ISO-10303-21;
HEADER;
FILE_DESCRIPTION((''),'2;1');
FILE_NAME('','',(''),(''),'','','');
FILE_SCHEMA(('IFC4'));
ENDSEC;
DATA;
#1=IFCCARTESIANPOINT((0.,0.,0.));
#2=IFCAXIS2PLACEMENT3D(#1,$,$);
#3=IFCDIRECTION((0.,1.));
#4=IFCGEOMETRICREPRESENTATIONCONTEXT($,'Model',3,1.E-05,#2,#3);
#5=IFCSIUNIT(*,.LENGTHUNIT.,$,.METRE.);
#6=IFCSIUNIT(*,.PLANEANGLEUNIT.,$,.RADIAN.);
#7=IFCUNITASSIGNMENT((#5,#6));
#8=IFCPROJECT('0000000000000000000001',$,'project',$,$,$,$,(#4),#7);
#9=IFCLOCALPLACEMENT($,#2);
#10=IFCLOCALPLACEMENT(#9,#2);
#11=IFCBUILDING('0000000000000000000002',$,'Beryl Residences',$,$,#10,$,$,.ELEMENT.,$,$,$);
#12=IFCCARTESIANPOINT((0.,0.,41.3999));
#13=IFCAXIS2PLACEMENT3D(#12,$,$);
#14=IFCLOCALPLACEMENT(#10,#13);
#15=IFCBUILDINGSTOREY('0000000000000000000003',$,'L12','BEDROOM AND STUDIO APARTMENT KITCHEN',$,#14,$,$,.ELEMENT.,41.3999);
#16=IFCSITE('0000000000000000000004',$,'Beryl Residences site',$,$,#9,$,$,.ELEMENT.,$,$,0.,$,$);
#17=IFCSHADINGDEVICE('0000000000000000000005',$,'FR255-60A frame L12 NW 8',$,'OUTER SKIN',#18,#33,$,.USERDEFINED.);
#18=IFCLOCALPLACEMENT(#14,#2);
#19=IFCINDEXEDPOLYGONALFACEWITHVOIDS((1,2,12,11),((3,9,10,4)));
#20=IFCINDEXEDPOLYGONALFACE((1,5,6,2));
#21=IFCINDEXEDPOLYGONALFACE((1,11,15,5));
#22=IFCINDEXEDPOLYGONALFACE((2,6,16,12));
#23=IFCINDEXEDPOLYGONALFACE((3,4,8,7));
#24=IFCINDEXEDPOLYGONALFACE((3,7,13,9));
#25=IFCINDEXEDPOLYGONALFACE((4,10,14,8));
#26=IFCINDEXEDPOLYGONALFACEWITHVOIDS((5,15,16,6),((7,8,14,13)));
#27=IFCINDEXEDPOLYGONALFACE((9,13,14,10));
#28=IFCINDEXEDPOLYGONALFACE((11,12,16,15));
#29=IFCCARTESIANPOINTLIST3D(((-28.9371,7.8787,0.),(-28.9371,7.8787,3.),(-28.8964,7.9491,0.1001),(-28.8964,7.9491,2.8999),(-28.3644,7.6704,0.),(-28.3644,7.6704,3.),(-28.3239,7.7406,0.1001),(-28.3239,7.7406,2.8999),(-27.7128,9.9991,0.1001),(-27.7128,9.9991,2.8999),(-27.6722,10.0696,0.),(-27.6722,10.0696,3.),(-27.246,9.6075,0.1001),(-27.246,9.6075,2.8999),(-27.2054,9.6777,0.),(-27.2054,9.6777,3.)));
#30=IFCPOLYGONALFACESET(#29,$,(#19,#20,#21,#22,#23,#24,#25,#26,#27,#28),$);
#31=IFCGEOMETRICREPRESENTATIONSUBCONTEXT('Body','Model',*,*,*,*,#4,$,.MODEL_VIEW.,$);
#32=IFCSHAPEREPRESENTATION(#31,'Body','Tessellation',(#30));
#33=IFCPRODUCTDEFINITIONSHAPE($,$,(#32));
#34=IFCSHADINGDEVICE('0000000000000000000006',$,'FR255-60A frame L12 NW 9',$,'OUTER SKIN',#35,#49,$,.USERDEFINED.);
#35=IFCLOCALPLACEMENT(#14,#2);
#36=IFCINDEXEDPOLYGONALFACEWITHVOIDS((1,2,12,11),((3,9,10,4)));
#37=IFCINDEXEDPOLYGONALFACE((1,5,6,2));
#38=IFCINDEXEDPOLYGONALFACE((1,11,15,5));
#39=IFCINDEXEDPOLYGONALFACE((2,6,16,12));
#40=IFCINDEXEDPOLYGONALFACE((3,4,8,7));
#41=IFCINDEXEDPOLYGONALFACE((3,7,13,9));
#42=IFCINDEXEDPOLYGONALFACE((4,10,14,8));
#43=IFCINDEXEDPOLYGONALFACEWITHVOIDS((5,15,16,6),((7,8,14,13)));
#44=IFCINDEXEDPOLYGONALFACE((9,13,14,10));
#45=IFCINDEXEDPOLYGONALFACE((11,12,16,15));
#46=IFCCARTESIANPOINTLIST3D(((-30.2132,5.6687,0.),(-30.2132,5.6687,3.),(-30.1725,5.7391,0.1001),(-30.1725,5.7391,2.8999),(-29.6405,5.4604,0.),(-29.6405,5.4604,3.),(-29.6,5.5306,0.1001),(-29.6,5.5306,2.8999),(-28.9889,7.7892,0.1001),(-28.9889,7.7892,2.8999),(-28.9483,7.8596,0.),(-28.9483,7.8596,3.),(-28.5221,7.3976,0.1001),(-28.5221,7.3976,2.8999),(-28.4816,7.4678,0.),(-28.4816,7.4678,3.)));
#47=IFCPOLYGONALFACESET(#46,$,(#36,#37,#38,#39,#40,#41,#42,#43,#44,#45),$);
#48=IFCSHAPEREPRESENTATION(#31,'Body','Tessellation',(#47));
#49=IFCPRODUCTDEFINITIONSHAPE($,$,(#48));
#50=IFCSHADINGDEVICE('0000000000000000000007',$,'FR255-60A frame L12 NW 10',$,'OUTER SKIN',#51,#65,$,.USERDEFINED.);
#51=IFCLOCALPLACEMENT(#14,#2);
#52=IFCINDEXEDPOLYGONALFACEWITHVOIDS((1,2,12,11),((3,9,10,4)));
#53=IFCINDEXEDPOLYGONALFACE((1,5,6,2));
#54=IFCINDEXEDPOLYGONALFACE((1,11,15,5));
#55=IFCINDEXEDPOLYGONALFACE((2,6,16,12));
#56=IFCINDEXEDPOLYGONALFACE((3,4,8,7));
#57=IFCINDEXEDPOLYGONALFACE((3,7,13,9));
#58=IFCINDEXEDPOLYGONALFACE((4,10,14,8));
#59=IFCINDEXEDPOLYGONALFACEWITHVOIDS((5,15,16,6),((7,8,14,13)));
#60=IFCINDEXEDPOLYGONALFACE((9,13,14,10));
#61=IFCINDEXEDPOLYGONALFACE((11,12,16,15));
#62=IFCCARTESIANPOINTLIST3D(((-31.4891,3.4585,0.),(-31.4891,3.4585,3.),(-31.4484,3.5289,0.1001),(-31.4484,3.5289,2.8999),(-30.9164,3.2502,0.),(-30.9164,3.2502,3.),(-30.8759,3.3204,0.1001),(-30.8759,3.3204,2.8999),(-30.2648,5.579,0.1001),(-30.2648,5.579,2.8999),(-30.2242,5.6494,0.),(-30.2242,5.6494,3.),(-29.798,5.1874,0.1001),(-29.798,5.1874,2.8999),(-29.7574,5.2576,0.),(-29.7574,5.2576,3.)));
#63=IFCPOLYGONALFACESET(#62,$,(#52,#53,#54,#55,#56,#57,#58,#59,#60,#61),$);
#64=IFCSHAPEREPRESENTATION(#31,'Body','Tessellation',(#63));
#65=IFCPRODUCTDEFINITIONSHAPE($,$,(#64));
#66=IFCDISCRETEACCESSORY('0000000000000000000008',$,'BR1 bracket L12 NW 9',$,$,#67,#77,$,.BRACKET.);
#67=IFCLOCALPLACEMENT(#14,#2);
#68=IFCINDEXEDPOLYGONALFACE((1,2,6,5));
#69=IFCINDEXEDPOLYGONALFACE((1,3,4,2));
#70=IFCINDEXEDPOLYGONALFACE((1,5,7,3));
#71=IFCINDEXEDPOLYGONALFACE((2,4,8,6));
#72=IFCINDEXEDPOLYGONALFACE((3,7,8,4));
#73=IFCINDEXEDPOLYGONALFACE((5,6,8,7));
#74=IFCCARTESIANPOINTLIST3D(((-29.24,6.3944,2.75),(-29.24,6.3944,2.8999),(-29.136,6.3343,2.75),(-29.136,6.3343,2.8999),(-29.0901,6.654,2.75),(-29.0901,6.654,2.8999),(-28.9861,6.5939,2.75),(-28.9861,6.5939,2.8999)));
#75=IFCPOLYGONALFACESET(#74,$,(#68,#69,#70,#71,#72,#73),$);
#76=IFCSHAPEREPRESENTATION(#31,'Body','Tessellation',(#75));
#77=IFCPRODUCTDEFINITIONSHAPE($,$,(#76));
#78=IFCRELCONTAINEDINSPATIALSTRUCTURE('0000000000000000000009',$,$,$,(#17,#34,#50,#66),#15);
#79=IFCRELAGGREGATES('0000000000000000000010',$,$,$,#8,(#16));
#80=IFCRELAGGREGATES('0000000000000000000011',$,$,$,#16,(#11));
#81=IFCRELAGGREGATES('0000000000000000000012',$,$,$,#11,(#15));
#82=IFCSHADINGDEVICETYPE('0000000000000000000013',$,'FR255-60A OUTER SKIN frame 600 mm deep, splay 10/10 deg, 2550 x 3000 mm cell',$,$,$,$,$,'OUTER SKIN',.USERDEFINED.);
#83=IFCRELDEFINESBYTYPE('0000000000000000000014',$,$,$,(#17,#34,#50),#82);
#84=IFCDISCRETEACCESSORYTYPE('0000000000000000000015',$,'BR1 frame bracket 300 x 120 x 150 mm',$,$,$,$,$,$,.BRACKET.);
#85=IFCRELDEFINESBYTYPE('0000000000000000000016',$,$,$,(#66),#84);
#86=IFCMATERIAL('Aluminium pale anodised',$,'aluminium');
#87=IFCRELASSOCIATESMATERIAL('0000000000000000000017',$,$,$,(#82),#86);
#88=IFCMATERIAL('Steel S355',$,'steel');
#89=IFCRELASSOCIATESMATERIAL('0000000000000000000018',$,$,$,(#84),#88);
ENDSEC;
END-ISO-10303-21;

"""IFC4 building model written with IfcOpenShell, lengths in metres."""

from ifc_helpers import new_model, entity, si_unit, direction, frame, origin, place, context, subcontext, project, spatial, polyline, outline, extrude, source, transform, mapped, material, type_object, type_shapes, element, save


model = new_model("IFC4")

# Units and contexts
model_context = context("Model", 3, precision=1e-05, world=origin(), true_north=direction((0.0, 1.0)))
body_context = subcontext(model_context, "Body", "Model", "MODEL_VIEW")
ifc_project = project(units=[si_unit("LENGTHUNIT", "METRE"), si_unit("PLANEANGLEUNIT", "RADIAN")], contexts=[model_context])

# Site, building, storey
site_placement = place(None, origin())
site = spatial("IfcSite", under=ifc_project, at=site_placement, Name="Beryl Residences site", CompositionType="ELEMENT", RefElevation=0.0)
building_placement = place(site_placement, origin())
building = spatial("IfcBuilding", under=site, at=building_placement, Name="Beryl Residences", CompositionType="ELEMENT")
storey_placement = place(building_placement, frame((0.0, 0.0, 41.3999)))
storey = spatial("IfcBuildingStorey", under=building, at=storey_placement, Name="L12", Description="BEDROOM AND STUDIO APARTMENT KITCHEN", CompositionType="ELEMENT", Elevation=41.3999)

# Shading devices
ifc_material_1 = material(Name="Aluminium pale anodised", Category="aluminium")
shading_device_type = type_object("IfcShadingDeviceType", Name="FR255-60A OUTER SKIN frame 600 mm deep, splay 10/10 deg, 2550 x 3000 mm cell", ElementType="OUTER SKIN", PredefinedType="USERDEFINED", material=ifc_material_1)
cartesian_point_1 = entity("IfcCartesianPoint", [-1.1589, 0.0])
cartesian_point_2 = entity("IfcCartesianPoint", [-1.0779, 0.1001])
cartesian_point_3 = entity("IfcCartesianPoint", [-1.2649, 0.0])
cartesian_point_4 = entity("IfcCartesianPoint", [-1.1836, 0.1001])
shared_shape_1 = source(origin(), body_context, "Body", "SweptSolid", [
    entity("IfcExtrudedAreaSolidTapered", entity("IfcArbitraryProfileDefWithVoids", "AREA", None, entity("IfcPolyline", [cartesian_point_1, entity("IfcCartesianPoint", [1.1589, 0.0]), entity("IfcCartesianPoint", [1.1589, 3.0]), entity("IfcCartesianPoint", [-1.1589, 3.0]), cartesian_point_1]), [entity("IfcPolyline", [cartesian_point_2, entity("IfcCartesianPoint", [1.0779, 0.1001]), entity("IfcCartesianPoint", [1.0779, 2.8999]), entity("IfcCartesianPoint", [-1.0779, 2.8999]), cartesian_point_2])]), entity("IfcAxis2Placement3D", entity("IfcCartesianPoint", [0.0, 0.0, 0.0]), entity("IfcDirection", [0.0, 1.0, 0.0]), entity("IfcDirection", [-1.0, 0.0, 0.0])), entity("IfcDirection", [0.0, 0.0, 1.0]), 0.6001, entity("IfcArbitraryProfileDefWithVoids", "AREA", None, entity("IfcPolyline", [cartesian_point_3, entity("IfcCartesianPoint", [1.2649, 0.0]), entity("IfcCartesianPoint", [1.2649, 3.0]), entity("IfcCartesianPoint", [-1.2649, 3.0]), cartesian_point_3]), [entity("IfcPolyline", [cartesian_point_4, entity("IfcCartesianPoint", [1.1836, 0.1001]), entity("IfcCartesianPoint", [1.1836, 2.8999]), entity("IfcCartesianPoint", [-1.1836, 2.8999]), cartesian_point_4])])),
])
type_shapes(shading_device_type, [shared_shape_1])
for number, where, z_axis, x_axis, name in (
    (1, (-27.7849, 8.6741, 0.0), (0.0, 0.0, 1.0), (0.5, 0.866025, 0.0), "FR255-60A frame L12 NW 8"),
    (2, (-29.061, 6.4641, 0.0), (0.0, 0.0, 1.0), (0.5, 0.866025, 0.0), "FR255-60A frame L12 NW 9"),
    (3, (-30.3369, 4.2539, 0.0), (0.0, 0.0, 1.0), (0.5, 0.866025, 0.0), "FR255-60A frame L12 NW 10"),
):
    element("IfcShadingDevice", number, at=place(storey_placement, frame(where, z_axis=z_axis, x_axis=x_axis)), inside=storey, type_object=shading_device_type, Name=name, ObjectType="OUTER SKIN", PredefinedType="USERDEFINED", context=body_context, shape_type="MappedRepresentation", body=[
        mapped(shared_shape_1, transform((0.0, 0.0, 0.0))),
    ])

# Discrete accessory
ifc_material_2 = material(Name="Steel S355", Category="steel")
discrete_accessory_type = type_object("IfcDiscreteAccessoryType", Name="BR1 frame bracket 300 x 120 x 150 mm", PredefinedType="BRACKET", material=ifc_material_2)
shared_shape_2 = source(origin(), body_context, "Body", "SweptSolid", [
    extrude(outline(polyline([(-0.1499, 0.0), (0.1499, 0.0), (0.1499, 0.1201), (-0.1499, 0.1201), (-0.1499, 0.0)])), origin(), (0.0, 0.0, 1.0), 0.1499),
])
type_shapes(discrete_accessory_type, [shared_shape_2])
discrete_accessory_placement = place(storey_placement, frame((-29.061, 6.4641, 2.75), z_axis=(0.0, 0.0, 1.0), x_axis=(0.5, 0.866025, 0.0)))
element("IfcDiscreteAccessory", 4, at=discrete_accessory_placement, inside=storey, type_object=discrete_accessory_type, Name="BR1 bracket L12 NW 9", PredefinedType="BRACKET", context=body_context, shape_type="MappedRepresentation", body=[
    mapped(shared_shape_2, transform((0.0, 0.0, 0.0))),
])

save(model, "model.ifc")
